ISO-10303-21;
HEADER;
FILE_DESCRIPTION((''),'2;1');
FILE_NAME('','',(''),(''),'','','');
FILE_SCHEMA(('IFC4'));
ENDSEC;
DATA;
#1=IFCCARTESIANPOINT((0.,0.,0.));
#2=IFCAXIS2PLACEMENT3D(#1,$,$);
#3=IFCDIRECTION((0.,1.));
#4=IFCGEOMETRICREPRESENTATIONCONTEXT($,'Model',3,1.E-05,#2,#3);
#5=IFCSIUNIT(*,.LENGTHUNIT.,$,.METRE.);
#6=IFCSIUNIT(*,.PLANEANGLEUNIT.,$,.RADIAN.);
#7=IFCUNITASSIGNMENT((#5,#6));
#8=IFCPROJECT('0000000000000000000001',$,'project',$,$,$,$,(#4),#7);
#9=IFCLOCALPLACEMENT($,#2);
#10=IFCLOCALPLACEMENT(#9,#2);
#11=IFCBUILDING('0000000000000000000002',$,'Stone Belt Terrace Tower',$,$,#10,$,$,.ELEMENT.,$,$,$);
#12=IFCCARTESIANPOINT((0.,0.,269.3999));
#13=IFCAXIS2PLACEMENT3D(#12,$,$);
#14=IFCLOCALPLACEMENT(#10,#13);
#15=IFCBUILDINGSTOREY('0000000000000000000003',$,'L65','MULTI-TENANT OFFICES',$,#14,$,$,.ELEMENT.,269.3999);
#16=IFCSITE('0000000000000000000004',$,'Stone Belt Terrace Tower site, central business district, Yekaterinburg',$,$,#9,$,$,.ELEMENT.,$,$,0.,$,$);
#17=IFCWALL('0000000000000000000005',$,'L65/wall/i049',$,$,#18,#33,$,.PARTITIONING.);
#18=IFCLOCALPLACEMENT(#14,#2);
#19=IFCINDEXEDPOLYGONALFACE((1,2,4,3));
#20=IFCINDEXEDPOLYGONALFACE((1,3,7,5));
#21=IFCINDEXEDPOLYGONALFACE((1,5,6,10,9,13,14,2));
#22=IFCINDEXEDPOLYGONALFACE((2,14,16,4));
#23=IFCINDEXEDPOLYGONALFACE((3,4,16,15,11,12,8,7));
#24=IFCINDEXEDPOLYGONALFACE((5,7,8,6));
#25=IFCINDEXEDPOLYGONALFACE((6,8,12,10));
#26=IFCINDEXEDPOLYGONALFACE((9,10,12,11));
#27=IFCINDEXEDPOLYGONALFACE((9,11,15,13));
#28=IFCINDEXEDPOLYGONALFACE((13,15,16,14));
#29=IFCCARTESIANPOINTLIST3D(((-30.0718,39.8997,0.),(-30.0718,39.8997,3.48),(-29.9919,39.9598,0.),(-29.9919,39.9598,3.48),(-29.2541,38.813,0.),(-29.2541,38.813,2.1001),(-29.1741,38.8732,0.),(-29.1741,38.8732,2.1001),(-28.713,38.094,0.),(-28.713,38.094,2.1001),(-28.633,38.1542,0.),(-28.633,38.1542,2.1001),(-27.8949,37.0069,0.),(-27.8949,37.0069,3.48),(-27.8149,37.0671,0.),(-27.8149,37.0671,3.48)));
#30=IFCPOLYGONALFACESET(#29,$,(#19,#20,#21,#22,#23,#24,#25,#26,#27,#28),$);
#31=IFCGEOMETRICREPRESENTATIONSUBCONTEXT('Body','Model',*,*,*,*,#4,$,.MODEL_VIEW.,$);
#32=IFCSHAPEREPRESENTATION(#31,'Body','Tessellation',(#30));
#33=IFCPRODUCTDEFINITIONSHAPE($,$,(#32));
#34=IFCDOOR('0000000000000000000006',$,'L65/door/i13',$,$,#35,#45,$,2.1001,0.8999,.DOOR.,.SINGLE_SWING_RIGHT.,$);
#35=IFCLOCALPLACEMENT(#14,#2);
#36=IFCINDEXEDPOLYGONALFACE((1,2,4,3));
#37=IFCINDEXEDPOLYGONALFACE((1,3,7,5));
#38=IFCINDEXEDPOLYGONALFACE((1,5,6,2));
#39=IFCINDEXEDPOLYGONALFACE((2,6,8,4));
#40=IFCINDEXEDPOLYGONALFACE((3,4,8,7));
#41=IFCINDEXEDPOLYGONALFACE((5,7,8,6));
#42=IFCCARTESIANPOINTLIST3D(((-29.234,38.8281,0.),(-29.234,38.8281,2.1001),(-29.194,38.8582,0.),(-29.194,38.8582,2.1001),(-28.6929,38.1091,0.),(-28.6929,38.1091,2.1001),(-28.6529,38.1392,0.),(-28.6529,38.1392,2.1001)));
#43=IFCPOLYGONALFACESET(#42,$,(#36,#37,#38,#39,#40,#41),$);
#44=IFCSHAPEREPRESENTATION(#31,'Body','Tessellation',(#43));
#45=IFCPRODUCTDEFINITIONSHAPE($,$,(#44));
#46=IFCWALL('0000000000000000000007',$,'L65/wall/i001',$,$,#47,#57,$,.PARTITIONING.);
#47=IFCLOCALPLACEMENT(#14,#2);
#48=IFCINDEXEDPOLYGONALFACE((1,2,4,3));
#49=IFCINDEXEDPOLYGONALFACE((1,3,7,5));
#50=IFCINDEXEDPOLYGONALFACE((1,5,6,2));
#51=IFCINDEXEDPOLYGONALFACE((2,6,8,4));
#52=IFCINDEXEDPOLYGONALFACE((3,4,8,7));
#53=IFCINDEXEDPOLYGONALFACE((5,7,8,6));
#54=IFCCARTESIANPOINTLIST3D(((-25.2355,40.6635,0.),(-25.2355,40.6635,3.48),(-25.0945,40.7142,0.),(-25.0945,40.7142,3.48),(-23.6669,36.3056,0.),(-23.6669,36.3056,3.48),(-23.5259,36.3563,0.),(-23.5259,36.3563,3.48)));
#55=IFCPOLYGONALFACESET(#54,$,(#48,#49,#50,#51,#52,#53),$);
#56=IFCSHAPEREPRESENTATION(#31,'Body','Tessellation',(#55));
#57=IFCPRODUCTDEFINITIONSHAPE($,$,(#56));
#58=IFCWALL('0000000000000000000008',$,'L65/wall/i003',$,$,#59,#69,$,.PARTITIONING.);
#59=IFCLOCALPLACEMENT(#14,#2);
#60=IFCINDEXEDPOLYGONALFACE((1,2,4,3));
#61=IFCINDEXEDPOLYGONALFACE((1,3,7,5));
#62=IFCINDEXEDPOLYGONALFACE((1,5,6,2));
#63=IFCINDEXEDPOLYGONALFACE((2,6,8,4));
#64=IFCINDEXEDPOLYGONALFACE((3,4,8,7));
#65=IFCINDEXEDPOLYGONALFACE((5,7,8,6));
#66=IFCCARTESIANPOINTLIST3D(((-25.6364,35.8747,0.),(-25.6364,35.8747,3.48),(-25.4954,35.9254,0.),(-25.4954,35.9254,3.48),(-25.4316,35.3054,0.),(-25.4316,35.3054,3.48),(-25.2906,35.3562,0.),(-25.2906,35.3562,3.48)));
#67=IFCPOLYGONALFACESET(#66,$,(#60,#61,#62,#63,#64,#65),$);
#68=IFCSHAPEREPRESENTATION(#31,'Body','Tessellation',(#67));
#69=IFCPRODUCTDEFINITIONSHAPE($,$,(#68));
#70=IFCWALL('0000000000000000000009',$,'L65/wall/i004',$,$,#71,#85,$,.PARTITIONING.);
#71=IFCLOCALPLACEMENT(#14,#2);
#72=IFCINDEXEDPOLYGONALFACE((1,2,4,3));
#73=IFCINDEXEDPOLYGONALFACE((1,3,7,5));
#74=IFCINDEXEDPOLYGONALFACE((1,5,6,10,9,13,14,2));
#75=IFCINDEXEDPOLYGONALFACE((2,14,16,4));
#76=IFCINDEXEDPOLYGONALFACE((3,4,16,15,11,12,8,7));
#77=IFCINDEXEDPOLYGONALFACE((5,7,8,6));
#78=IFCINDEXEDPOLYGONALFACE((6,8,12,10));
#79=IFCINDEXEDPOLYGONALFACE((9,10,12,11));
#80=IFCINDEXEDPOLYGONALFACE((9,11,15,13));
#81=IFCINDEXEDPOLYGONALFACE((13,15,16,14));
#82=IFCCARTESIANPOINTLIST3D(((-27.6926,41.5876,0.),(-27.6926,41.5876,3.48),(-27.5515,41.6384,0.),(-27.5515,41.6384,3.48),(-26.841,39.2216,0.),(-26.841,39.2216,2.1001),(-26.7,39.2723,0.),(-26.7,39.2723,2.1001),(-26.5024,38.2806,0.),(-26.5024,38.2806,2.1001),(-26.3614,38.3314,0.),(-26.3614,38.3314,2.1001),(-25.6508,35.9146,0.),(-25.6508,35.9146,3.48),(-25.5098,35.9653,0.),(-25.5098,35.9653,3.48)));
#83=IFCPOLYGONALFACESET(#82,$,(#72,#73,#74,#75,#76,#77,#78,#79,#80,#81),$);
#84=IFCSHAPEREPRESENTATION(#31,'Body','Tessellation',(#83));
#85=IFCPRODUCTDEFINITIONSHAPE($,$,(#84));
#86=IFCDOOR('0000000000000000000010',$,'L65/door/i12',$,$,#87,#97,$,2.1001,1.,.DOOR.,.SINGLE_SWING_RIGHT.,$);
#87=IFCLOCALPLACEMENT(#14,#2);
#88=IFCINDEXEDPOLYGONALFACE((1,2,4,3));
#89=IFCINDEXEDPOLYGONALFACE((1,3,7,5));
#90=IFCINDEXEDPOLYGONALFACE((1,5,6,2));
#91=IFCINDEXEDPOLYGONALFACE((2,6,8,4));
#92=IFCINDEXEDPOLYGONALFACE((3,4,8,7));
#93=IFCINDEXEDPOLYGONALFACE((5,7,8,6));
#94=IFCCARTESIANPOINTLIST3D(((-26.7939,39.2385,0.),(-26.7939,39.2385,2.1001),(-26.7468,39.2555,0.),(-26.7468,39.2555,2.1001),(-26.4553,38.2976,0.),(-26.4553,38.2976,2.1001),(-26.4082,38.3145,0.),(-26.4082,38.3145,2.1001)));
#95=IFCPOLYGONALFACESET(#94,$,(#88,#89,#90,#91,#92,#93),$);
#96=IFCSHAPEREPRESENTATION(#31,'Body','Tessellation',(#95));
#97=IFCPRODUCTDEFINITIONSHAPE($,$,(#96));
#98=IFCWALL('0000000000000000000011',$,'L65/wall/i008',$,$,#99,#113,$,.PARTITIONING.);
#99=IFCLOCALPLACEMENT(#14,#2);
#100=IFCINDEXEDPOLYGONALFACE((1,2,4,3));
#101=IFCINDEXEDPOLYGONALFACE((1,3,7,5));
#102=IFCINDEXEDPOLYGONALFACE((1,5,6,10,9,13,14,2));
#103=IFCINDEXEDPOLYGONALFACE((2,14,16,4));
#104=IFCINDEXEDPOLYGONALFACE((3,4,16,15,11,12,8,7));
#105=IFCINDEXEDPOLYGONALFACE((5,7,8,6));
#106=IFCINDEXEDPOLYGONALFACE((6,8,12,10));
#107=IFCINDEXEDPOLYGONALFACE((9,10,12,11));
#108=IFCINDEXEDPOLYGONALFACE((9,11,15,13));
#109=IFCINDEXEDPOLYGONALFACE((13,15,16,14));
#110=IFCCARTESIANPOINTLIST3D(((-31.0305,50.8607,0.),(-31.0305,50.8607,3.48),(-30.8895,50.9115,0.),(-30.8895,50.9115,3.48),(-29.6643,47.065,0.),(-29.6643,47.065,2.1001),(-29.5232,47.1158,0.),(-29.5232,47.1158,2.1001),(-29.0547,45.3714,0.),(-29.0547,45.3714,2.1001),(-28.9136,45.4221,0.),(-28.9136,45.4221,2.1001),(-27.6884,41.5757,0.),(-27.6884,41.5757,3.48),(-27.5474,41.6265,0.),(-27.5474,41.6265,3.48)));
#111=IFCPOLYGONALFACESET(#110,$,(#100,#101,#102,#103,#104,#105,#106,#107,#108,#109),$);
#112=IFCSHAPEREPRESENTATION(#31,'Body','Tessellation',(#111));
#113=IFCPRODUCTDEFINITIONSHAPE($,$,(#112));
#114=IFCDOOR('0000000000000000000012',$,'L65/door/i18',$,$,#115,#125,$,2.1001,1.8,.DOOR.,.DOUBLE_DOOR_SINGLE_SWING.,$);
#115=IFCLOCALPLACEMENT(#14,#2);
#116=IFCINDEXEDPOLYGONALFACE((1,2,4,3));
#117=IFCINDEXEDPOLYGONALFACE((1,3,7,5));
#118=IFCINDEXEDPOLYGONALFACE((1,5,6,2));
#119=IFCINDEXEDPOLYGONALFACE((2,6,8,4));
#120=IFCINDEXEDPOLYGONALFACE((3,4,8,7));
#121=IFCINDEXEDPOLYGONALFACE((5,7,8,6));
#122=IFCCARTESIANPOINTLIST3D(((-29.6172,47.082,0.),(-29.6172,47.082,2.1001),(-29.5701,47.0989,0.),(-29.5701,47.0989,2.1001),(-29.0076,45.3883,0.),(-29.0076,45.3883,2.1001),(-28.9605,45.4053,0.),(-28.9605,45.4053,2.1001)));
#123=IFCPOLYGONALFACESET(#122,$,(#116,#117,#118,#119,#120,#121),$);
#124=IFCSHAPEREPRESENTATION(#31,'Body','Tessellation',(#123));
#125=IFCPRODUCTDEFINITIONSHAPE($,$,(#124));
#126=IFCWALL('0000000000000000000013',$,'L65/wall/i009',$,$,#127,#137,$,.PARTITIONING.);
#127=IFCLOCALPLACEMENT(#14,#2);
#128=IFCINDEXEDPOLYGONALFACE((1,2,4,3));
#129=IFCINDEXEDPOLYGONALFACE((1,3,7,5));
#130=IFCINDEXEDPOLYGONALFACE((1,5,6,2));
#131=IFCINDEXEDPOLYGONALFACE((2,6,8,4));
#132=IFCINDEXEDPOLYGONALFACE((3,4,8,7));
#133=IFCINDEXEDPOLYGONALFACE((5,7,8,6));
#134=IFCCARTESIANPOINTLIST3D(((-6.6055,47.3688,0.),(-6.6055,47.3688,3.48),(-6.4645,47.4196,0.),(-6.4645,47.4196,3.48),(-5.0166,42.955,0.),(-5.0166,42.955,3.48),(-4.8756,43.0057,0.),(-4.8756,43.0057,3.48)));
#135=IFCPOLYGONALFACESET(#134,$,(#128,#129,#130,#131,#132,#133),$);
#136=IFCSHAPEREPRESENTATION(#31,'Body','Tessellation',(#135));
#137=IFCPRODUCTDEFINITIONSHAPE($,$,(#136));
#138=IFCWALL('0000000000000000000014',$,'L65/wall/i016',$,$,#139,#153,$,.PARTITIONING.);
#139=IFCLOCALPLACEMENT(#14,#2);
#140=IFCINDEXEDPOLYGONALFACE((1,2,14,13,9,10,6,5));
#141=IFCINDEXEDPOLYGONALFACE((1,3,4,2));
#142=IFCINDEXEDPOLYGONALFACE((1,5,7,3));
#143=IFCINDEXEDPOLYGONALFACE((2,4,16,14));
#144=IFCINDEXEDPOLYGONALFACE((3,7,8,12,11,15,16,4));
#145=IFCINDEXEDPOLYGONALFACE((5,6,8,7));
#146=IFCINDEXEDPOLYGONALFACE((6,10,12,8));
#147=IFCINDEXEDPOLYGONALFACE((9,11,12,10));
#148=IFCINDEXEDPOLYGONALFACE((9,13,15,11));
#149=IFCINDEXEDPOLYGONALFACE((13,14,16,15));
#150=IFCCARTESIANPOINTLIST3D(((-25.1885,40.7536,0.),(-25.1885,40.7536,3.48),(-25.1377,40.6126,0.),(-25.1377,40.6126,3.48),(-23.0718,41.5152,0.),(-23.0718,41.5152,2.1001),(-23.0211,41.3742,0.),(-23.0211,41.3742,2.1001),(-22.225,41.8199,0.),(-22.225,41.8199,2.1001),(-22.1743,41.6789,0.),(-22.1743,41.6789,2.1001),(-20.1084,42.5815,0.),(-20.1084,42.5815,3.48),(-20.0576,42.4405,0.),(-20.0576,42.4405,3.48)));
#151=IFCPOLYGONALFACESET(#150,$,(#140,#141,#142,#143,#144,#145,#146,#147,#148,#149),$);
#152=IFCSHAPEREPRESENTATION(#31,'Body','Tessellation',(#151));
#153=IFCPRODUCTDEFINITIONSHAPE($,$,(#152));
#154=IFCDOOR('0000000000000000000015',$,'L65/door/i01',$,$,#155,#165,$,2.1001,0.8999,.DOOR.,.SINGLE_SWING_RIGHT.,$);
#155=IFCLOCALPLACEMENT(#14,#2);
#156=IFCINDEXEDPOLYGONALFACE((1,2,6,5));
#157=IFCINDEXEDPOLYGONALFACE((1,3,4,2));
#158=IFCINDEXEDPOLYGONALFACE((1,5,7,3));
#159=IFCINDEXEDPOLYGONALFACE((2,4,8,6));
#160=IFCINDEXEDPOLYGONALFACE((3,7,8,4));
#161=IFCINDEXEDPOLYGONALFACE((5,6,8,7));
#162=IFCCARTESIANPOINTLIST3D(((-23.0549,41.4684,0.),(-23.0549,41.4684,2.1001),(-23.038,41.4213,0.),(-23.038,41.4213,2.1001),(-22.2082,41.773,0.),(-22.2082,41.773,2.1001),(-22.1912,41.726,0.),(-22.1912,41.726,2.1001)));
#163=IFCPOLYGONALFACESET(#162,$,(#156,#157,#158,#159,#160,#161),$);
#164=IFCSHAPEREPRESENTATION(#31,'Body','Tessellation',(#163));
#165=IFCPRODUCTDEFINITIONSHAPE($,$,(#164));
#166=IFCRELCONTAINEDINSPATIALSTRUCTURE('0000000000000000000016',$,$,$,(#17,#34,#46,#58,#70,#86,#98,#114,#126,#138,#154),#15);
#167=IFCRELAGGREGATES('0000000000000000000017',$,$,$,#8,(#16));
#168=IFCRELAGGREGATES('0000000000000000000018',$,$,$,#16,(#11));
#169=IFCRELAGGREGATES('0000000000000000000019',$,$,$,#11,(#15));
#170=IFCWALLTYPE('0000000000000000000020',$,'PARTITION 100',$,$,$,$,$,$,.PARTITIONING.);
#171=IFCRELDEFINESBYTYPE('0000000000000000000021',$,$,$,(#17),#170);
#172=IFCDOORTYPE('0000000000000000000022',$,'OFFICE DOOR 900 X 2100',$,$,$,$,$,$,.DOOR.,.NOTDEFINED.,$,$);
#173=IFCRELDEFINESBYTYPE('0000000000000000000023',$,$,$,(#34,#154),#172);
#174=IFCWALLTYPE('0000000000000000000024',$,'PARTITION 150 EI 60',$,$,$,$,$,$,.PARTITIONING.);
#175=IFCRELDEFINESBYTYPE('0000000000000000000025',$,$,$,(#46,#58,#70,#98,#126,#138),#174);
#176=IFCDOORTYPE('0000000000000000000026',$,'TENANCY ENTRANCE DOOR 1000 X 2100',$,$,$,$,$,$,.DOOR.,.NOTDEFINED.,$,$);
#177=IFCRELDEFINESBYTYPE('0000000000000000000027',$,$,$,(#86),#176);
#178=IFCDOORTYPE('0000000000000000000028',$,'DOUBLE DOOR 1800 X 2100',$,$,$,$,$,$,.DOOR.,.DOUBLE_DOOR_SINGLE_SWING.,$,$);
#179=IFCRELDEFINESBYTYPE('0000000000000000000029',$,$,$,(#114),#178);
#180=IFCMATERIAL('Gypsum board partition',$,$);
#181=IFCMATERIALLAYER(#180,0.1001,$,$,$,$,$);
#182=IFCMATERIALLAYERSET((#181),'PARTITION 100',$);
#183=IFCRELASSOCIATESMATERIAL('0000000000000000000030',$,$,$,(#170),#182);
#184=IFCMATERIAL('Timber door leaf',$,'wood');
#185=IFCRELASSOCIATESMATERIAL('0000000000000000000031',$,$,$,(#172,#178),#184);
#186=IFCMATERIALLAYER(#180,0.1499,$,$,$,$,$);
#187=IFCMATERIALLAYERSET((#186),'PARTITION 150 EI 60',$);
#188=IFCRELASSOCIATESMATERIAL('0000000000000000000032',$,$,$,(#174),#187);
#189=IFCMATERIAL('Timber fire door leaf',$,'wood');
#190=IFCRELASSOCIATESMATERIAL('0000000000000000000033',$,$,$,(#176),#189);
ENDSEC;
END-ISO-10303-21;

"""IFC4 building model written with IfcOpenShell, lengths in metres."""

from ifc_helpers import new_model, si_unit, direction, frame, frame_2d, origin, place, context, subcontext, project, spatial, rectangle, extrude, material, layer, layer_set, type_object, element, fill, save


model = new_model("IFC4")

# Units and contexts
model_context = context("Model", 3, precision=1e-05, world=origin(), true_north=direction((0.0, 1.0)))
body_context = subcontext(model_context, "Body", "Model", "MODEL_VIEW")
ifc_project = project(units=[si_unit("LENGTHUNIT", "METRE"), si_unit("PLANEANGLEUNIT", "RADIAN")], contexts=[model_context])

# Site, building, storey
site_placement = place(None, origin())
site = spatial("IfcSite", under=ifc_project, at=site_placement, Name="Stone Belt Terrace Tower site, central business district, Yekaterinburg", CompositionType="ELEMENT", RefElevation=0.0)
building_placement = place(site_placement, origin())
building = spatial("IfcBuilding", under=site, at=building_placement, Name="Stone Belt Terrace Tower", CompositionType="ELEMENT")
storey_placement = place(building_placement, frame((0.0, 0.0, 269.3999)))
storey = spatial("IfcBuildingStorey", under=building, at=storey_placement, Name="L65", Description="MULTI-TENANT OFFICES", CompositionType="ELEMENT", Elevation=269.3999)

# Shared definitions
ifc_material_1 = material(Name="Timber door leaf", Category="wood")

# Shared definitions
ifc_material_2 = material(Name="Gypsum board partition")
ifc_layer_1 = layer(ifc_material_2, 0.1001)
ifc_layer_set_1 = layer_set([ifc_layer_1], Name="PARTITION 100")
wall_type_1 = type_object("IfcWallType", Name="PARTITION 100", PredefinedType="PARTITIONING", material=ifc_layer_set_1)

# Wall, opening, door
wall_1_placement = place(storey_placement, frame((-27.855, 37.0371, 0.0), z_axis=(0.0, 0.0, 1.0), x_axis=(-0.601305, 0.79902, 0.0)))
wall_1 = element("IfcWall", 1, at=wall_1_placement, inside=storey, type_object=wall_type_1, Name="L65/wall/i049", PredefinedType="PARTITIONING", context=body_context, shape_type="SweptSolid", body=[
    extrude(rectangle(XDim=3.6204, YDim=0.1001, at=frame_2d((1.8101, 0.0))), origin(), (0.0, 0.0, 1.0), 3.48),
])
opening_1_placement = place(wall_1_placement, frame((1.3604, 0.0, 0.0)))
opening_1 = element("IfcOpeningElement", 2, at=opening_1_placement, cuts=wall_1, PredefinedType="OPENING", context=body_context, shape_type="SweptSolid", body=[
    extrude(rectangle(XDim=0.8999, YDim=2.1001, at=frame_2d((0.45, 1.05))), frame((0.0, 0.0601, 0.0), z_axis=(0.0, -1.0, 0.0), x_axis=(1.0, 0.0, 0.0)), (0.0, 0.0, 1.0), 0.1201),
])
door_type_1 = type_object("IfcDoorType", Name="OFFICE DOOR 900 X 2100", OperationType="NOTDEFINED", PredefinedType="DOOR", material=ifc_material_1)
door_1_placement = place(opening_1_placement, origin())
door_1 = element("IfcDoor", 3, at=door_1_placement, inside=storey, type_object=door_type_1, Name="L65/door/i13", OperationType="SINGLE_SWING_RIGHT", OverallHeight=2.1001, OverallWidth=0.8999, PredefinedType="DOOR", context=body_context, shape_type="SweptSolid", body=[
    extrude(rectangle(XDim=0.8999, YDim=2.1001, at=frame_2d((0.45, 1.05))), frame((0.0, 0.0249, 0.0), z_axis=(0.0, -1.0, 0.0), x_axis=(1.0, 0.0, 0.0)), (0.0, 0.0, 1.0), 0.05),
])
fill(opening_1, door_1)

# Walls
ifc_layer_2 = layer(ifc_material_2, 0.1499)
ifc_layer_set_2 = layer_set([ifc_layer_2], Name="PARTITION 150 EI 60")
wall_type_2 = type_object("IfcWallType", Name="PARTITION 150 EI 60", PredefinedType="PARTITIONING", material=ifc_layer_set_2)
wall_2_placement = place(storey_placement, frame((-25.165, 40.689, 0.0), z_axis=(0.0, 0.0, 1.0), x_axis=(0.338673, -0.940904, 0.0)))
element("IfcWall", 4, at=wall_2_placement, inside=storey, type_object=wall_type_2, Name="L65/wall/i001", PredefinedType="PARTITIONING", context=body_context, shape_type="SweptSolid", body=[
    extrude(rectangle(XDim=4.6316, YDim=0.1499, at=frame_2d((2.3159, 0.0))), origin(), (0.0, 0.0, 1.0), 3.48),
])
wall_3_placement = place(storey_placement, frame((-25.3611, 35.3308, 0.0), z_axis=(0.0, 0.0, 1.0), x_axis=(-0.338534, 0.940954, 0.0)))
element("IfcWall", 5, at=wall_3_placement, inside=storey, type_object=wall_type_2, Name="L65/wall/i003", PredefinedType="PARTITIONING", context=body_context, shape_type="SweptSolid", body=[
    extrude(rectangle(XDim=0.605, YDim=0.1499, at=frame_2d((0.3025, 0.0))), origin(), (0.0, 0.0, 1.0), 3.48),
])

# Walls, openings, doors
wall_4_placement = place(storey_placement, frame((-25.5803, 35.9399, 0.0), z_axis=(0.0, 0.0, 1.0), x_axis=(-0.338636, 0.940917, 0.0)))
wall_4 = element("IfcWall", 6, at=wall_4_placement, inside=storey, type_object=wall_type_2, Name="L65/wall/i004", PredefinedType="PARTITIONING", context=body_context, shape_type="SweptSolid", body=[
    extrude(rectangle(XDim=6.0293, YDim=0.1499, at=frame_2d((3.0146, 0.0))), origin(), (0.0, 0.0, 1.0), 3.48),
])
opening_2_placement = place(wall_4_placement, frame((2.5146, 0.0, 0.0)))
opening_2 = element("IfcOpeningElement", 7, at=opening_2_placement, cuts=wall_4, PredefinedType="OPENING", context=body_context, shape_type="SweptSolid", body=[
    extrude(rectangle(XDim=1.0, YDim=2.1001, at=frame_2d((0.5, 1.05))), frame((0.0, 0.085, 0.0), z_axis=(0.0, -1.0, 0.0), x_axis=(1.0, 0.0, 0.0)), (0.0, 0.0, 1.0), 0.1699),
])
ifc_material_3 = material(Name="Timber fire door leaf", Category="wood")
door_type_2 = type_object("IfcDoorType", Name="TENANCY ENTRANCE DOOR 1000 X 2100", OperationType="NOTDEFINED", PredefinedType="DOOR", material=ifc_material_3)
door_2_placement = place(opening_2_placement, origin())
door_2 = element("IfcDoor", 8, at=door_2_placement, inside=storey, type_object=door_type_2, Name="L65/door/i12", OperationType="SINGLE_SWING_RIGHT", OverallHeight=2.1001, OverallWidth=1.0, PredefinedType="DOOR", context=body_context, shape_type="SweptSolid", body=[
    extrude(rectangle(XDim=1.0, YDim=2.1001, at=frame_2d((0.5, 1.05))), frame((0.0, 0.0249, 0.0), z_axis=(0.0, -1.0, 0.0), x_axis=(1.0, 0.0, 0.0)), (0.0, 0.0, 1.0), 0.05),
])
fill(opening_2, door_2)
wall_5_placement = place(storey_placement, frame((-27.6179, 41.6011, 0.0), z_axis=(0.0, 0.0, 1.0), x_axis=(-0.338672, 0.940904, 0.0)))
wall_5 = element("IfcWall", 9, at=wall_5_placement, inside=storey, type_object=wall_type_2, Name="L65/wall/i008", PredefinedType="PARTITIONING", context=body_context, shape_type="SweptSolid", body=[
    extrude(rectangle(XDim=9.8682, YDim=0.1499, at=frame_2d((4.9341, 0.0))), origin(), (0.0, 0.0, 1.0), 3.48),
])
opening_3_placement = place(wall_5_placement, frame((4.0342, 0.0, 0.0)))
opening_3 = element("IfcOpeningElement", 10, at=opening_3_placement, cuts=wall_5, PredefinedType="OPENING", context=body_context, shape_type="SweptSolid", body=[
    extrude(rectangle(XDim=1.8, YDim=2.1001, at=frame_2d((0.8999, 1.05))), frame((0.0, 0.085, 0.0), z_axis=(0.0, -1.0, 0.0), x_axis=(1.0, 0.0, 0.0)), (0.0, 0.0, 1.0), 0.1699),
])
door_type_3 = type_object("IfcDoorType", Name="DOUBLE DOOR 1800 X 2100", OperationType="DOUBLE_DOOR_SINGLE_SWING", PredefinedType="DOOR", material=ifc_material_1)
door_3_placement = place(opening_3_placement, origin())
door_3 = element("IfcDoor", 11, at=door_3_placement, inside=storey, type_object=door_type_3, Name="L65/door/i18", OperationType="DOUBLE_DOOR_SINGLE_SWING", OverallHeight=2.1001, OverallWidth=1.8, PredefinedType="DOOR", context=body_context, shape_type="SweptSolid", body=[
    extrude(rectangle(XDim=1.8, YDim=2.1001, at=frame_2d((0.8999, 1.05))), frame((0.0, 0.0249, 0.0), z_axis=(0.0, -1.0, 0.0), x_axis=(1.0, 0.0, 0.0)), (0.0, 0.0, 1.0), 0.05),
])
fill(opening_3, door_3)

# Wall
wall_6_placement = place(storey_placement, frame((-4.946, 42.9802, 0.0), z_axis=(0.0, 0.0, 1.0), x_axis=(-0.338699, 0.940895, 0.0)))
element("IfcWall", 12, at=wall_6_placement, inside=storey, type_object=wall_type_2, Name="L65/wall/i009", PredefinedType="PARTITIONING", context=body_context, shape_type="SweptSolid", body=[
    extrude(rectangle(XDim=4.6912, YDim=0.1499, at=frame_2d((2.3457, 0.0))), origin(), (0.0, 0.0, 1.0), 3.48),
])

# Wall, opening, door
wall_7_placement = place(storey_placement, frame((-20.083, 42.511, 0.0), z_axis=(0.0, 0.0, 1.0), x_axis=(-0.940943, -0.338564, 0.0)))
wall_7 = element("IfcWall", 13, at=wall_7_placement, inside=storey, type_object=wall_type_2, Name="L65/wall/i016", PredefinedType="PARTITIONING", context=body_context, shape_type="SweptSolid", body=[
    extrude(rectangle(XDim=5.3989, YDim=0.1499, at=frame_2d((2.6995, 0.0))), origin(), (0.0, 0.0, 1.0), 3.48),
])
opening_4_placement = place(wall_7_placement, frame((2.2495, 0.0, 0.0)))
opening_4 = element("IfcOpeningElement", 14, at=opening_4_placement, cuts=wall_7, PredefinedType="OPENING", context=body_context, shape_type="SweptSolid", body=[
    extrude(rectangle(XDim=0.8999, YDim=2.1001, at=frame_2d((0.45, 1.05))), frame((0.0, 0.085, 0.0), z_axis=(0.0, -1.0, 0.0), x_axis=(1.0, 0.0, 0.0)), (0.0, 0.0, 1.0), 0.1699),
])
door_4_placement = place(opening_4_placement, origin())
door_4 = element("IfcDoor", 15, at=door_4_placement, inside=storey, type_object=door_type_1, Name="L65/door/i01", OperationType="SINGLE_SWING_RIGHT", OverallHeight=2.1001, OverallWidth=0.8999, PredefinedType="DOOR", context=body_context, shape_type="SweptSolid", body=[
    extrude(rectangle(XDim=0.8999, YDim=2.1001, at=frame_2d((0.45, 1.05))), frame((0.0, 0.0249, 0.0), z_axis=(0.0, -1.0, 0.0), x_axis=(1.0, 0.0, 0.0)), (0.0, 0.0, 1.0), 0.05),
])
fill(opening_4, door_4)

save(model, "model.ifc")
